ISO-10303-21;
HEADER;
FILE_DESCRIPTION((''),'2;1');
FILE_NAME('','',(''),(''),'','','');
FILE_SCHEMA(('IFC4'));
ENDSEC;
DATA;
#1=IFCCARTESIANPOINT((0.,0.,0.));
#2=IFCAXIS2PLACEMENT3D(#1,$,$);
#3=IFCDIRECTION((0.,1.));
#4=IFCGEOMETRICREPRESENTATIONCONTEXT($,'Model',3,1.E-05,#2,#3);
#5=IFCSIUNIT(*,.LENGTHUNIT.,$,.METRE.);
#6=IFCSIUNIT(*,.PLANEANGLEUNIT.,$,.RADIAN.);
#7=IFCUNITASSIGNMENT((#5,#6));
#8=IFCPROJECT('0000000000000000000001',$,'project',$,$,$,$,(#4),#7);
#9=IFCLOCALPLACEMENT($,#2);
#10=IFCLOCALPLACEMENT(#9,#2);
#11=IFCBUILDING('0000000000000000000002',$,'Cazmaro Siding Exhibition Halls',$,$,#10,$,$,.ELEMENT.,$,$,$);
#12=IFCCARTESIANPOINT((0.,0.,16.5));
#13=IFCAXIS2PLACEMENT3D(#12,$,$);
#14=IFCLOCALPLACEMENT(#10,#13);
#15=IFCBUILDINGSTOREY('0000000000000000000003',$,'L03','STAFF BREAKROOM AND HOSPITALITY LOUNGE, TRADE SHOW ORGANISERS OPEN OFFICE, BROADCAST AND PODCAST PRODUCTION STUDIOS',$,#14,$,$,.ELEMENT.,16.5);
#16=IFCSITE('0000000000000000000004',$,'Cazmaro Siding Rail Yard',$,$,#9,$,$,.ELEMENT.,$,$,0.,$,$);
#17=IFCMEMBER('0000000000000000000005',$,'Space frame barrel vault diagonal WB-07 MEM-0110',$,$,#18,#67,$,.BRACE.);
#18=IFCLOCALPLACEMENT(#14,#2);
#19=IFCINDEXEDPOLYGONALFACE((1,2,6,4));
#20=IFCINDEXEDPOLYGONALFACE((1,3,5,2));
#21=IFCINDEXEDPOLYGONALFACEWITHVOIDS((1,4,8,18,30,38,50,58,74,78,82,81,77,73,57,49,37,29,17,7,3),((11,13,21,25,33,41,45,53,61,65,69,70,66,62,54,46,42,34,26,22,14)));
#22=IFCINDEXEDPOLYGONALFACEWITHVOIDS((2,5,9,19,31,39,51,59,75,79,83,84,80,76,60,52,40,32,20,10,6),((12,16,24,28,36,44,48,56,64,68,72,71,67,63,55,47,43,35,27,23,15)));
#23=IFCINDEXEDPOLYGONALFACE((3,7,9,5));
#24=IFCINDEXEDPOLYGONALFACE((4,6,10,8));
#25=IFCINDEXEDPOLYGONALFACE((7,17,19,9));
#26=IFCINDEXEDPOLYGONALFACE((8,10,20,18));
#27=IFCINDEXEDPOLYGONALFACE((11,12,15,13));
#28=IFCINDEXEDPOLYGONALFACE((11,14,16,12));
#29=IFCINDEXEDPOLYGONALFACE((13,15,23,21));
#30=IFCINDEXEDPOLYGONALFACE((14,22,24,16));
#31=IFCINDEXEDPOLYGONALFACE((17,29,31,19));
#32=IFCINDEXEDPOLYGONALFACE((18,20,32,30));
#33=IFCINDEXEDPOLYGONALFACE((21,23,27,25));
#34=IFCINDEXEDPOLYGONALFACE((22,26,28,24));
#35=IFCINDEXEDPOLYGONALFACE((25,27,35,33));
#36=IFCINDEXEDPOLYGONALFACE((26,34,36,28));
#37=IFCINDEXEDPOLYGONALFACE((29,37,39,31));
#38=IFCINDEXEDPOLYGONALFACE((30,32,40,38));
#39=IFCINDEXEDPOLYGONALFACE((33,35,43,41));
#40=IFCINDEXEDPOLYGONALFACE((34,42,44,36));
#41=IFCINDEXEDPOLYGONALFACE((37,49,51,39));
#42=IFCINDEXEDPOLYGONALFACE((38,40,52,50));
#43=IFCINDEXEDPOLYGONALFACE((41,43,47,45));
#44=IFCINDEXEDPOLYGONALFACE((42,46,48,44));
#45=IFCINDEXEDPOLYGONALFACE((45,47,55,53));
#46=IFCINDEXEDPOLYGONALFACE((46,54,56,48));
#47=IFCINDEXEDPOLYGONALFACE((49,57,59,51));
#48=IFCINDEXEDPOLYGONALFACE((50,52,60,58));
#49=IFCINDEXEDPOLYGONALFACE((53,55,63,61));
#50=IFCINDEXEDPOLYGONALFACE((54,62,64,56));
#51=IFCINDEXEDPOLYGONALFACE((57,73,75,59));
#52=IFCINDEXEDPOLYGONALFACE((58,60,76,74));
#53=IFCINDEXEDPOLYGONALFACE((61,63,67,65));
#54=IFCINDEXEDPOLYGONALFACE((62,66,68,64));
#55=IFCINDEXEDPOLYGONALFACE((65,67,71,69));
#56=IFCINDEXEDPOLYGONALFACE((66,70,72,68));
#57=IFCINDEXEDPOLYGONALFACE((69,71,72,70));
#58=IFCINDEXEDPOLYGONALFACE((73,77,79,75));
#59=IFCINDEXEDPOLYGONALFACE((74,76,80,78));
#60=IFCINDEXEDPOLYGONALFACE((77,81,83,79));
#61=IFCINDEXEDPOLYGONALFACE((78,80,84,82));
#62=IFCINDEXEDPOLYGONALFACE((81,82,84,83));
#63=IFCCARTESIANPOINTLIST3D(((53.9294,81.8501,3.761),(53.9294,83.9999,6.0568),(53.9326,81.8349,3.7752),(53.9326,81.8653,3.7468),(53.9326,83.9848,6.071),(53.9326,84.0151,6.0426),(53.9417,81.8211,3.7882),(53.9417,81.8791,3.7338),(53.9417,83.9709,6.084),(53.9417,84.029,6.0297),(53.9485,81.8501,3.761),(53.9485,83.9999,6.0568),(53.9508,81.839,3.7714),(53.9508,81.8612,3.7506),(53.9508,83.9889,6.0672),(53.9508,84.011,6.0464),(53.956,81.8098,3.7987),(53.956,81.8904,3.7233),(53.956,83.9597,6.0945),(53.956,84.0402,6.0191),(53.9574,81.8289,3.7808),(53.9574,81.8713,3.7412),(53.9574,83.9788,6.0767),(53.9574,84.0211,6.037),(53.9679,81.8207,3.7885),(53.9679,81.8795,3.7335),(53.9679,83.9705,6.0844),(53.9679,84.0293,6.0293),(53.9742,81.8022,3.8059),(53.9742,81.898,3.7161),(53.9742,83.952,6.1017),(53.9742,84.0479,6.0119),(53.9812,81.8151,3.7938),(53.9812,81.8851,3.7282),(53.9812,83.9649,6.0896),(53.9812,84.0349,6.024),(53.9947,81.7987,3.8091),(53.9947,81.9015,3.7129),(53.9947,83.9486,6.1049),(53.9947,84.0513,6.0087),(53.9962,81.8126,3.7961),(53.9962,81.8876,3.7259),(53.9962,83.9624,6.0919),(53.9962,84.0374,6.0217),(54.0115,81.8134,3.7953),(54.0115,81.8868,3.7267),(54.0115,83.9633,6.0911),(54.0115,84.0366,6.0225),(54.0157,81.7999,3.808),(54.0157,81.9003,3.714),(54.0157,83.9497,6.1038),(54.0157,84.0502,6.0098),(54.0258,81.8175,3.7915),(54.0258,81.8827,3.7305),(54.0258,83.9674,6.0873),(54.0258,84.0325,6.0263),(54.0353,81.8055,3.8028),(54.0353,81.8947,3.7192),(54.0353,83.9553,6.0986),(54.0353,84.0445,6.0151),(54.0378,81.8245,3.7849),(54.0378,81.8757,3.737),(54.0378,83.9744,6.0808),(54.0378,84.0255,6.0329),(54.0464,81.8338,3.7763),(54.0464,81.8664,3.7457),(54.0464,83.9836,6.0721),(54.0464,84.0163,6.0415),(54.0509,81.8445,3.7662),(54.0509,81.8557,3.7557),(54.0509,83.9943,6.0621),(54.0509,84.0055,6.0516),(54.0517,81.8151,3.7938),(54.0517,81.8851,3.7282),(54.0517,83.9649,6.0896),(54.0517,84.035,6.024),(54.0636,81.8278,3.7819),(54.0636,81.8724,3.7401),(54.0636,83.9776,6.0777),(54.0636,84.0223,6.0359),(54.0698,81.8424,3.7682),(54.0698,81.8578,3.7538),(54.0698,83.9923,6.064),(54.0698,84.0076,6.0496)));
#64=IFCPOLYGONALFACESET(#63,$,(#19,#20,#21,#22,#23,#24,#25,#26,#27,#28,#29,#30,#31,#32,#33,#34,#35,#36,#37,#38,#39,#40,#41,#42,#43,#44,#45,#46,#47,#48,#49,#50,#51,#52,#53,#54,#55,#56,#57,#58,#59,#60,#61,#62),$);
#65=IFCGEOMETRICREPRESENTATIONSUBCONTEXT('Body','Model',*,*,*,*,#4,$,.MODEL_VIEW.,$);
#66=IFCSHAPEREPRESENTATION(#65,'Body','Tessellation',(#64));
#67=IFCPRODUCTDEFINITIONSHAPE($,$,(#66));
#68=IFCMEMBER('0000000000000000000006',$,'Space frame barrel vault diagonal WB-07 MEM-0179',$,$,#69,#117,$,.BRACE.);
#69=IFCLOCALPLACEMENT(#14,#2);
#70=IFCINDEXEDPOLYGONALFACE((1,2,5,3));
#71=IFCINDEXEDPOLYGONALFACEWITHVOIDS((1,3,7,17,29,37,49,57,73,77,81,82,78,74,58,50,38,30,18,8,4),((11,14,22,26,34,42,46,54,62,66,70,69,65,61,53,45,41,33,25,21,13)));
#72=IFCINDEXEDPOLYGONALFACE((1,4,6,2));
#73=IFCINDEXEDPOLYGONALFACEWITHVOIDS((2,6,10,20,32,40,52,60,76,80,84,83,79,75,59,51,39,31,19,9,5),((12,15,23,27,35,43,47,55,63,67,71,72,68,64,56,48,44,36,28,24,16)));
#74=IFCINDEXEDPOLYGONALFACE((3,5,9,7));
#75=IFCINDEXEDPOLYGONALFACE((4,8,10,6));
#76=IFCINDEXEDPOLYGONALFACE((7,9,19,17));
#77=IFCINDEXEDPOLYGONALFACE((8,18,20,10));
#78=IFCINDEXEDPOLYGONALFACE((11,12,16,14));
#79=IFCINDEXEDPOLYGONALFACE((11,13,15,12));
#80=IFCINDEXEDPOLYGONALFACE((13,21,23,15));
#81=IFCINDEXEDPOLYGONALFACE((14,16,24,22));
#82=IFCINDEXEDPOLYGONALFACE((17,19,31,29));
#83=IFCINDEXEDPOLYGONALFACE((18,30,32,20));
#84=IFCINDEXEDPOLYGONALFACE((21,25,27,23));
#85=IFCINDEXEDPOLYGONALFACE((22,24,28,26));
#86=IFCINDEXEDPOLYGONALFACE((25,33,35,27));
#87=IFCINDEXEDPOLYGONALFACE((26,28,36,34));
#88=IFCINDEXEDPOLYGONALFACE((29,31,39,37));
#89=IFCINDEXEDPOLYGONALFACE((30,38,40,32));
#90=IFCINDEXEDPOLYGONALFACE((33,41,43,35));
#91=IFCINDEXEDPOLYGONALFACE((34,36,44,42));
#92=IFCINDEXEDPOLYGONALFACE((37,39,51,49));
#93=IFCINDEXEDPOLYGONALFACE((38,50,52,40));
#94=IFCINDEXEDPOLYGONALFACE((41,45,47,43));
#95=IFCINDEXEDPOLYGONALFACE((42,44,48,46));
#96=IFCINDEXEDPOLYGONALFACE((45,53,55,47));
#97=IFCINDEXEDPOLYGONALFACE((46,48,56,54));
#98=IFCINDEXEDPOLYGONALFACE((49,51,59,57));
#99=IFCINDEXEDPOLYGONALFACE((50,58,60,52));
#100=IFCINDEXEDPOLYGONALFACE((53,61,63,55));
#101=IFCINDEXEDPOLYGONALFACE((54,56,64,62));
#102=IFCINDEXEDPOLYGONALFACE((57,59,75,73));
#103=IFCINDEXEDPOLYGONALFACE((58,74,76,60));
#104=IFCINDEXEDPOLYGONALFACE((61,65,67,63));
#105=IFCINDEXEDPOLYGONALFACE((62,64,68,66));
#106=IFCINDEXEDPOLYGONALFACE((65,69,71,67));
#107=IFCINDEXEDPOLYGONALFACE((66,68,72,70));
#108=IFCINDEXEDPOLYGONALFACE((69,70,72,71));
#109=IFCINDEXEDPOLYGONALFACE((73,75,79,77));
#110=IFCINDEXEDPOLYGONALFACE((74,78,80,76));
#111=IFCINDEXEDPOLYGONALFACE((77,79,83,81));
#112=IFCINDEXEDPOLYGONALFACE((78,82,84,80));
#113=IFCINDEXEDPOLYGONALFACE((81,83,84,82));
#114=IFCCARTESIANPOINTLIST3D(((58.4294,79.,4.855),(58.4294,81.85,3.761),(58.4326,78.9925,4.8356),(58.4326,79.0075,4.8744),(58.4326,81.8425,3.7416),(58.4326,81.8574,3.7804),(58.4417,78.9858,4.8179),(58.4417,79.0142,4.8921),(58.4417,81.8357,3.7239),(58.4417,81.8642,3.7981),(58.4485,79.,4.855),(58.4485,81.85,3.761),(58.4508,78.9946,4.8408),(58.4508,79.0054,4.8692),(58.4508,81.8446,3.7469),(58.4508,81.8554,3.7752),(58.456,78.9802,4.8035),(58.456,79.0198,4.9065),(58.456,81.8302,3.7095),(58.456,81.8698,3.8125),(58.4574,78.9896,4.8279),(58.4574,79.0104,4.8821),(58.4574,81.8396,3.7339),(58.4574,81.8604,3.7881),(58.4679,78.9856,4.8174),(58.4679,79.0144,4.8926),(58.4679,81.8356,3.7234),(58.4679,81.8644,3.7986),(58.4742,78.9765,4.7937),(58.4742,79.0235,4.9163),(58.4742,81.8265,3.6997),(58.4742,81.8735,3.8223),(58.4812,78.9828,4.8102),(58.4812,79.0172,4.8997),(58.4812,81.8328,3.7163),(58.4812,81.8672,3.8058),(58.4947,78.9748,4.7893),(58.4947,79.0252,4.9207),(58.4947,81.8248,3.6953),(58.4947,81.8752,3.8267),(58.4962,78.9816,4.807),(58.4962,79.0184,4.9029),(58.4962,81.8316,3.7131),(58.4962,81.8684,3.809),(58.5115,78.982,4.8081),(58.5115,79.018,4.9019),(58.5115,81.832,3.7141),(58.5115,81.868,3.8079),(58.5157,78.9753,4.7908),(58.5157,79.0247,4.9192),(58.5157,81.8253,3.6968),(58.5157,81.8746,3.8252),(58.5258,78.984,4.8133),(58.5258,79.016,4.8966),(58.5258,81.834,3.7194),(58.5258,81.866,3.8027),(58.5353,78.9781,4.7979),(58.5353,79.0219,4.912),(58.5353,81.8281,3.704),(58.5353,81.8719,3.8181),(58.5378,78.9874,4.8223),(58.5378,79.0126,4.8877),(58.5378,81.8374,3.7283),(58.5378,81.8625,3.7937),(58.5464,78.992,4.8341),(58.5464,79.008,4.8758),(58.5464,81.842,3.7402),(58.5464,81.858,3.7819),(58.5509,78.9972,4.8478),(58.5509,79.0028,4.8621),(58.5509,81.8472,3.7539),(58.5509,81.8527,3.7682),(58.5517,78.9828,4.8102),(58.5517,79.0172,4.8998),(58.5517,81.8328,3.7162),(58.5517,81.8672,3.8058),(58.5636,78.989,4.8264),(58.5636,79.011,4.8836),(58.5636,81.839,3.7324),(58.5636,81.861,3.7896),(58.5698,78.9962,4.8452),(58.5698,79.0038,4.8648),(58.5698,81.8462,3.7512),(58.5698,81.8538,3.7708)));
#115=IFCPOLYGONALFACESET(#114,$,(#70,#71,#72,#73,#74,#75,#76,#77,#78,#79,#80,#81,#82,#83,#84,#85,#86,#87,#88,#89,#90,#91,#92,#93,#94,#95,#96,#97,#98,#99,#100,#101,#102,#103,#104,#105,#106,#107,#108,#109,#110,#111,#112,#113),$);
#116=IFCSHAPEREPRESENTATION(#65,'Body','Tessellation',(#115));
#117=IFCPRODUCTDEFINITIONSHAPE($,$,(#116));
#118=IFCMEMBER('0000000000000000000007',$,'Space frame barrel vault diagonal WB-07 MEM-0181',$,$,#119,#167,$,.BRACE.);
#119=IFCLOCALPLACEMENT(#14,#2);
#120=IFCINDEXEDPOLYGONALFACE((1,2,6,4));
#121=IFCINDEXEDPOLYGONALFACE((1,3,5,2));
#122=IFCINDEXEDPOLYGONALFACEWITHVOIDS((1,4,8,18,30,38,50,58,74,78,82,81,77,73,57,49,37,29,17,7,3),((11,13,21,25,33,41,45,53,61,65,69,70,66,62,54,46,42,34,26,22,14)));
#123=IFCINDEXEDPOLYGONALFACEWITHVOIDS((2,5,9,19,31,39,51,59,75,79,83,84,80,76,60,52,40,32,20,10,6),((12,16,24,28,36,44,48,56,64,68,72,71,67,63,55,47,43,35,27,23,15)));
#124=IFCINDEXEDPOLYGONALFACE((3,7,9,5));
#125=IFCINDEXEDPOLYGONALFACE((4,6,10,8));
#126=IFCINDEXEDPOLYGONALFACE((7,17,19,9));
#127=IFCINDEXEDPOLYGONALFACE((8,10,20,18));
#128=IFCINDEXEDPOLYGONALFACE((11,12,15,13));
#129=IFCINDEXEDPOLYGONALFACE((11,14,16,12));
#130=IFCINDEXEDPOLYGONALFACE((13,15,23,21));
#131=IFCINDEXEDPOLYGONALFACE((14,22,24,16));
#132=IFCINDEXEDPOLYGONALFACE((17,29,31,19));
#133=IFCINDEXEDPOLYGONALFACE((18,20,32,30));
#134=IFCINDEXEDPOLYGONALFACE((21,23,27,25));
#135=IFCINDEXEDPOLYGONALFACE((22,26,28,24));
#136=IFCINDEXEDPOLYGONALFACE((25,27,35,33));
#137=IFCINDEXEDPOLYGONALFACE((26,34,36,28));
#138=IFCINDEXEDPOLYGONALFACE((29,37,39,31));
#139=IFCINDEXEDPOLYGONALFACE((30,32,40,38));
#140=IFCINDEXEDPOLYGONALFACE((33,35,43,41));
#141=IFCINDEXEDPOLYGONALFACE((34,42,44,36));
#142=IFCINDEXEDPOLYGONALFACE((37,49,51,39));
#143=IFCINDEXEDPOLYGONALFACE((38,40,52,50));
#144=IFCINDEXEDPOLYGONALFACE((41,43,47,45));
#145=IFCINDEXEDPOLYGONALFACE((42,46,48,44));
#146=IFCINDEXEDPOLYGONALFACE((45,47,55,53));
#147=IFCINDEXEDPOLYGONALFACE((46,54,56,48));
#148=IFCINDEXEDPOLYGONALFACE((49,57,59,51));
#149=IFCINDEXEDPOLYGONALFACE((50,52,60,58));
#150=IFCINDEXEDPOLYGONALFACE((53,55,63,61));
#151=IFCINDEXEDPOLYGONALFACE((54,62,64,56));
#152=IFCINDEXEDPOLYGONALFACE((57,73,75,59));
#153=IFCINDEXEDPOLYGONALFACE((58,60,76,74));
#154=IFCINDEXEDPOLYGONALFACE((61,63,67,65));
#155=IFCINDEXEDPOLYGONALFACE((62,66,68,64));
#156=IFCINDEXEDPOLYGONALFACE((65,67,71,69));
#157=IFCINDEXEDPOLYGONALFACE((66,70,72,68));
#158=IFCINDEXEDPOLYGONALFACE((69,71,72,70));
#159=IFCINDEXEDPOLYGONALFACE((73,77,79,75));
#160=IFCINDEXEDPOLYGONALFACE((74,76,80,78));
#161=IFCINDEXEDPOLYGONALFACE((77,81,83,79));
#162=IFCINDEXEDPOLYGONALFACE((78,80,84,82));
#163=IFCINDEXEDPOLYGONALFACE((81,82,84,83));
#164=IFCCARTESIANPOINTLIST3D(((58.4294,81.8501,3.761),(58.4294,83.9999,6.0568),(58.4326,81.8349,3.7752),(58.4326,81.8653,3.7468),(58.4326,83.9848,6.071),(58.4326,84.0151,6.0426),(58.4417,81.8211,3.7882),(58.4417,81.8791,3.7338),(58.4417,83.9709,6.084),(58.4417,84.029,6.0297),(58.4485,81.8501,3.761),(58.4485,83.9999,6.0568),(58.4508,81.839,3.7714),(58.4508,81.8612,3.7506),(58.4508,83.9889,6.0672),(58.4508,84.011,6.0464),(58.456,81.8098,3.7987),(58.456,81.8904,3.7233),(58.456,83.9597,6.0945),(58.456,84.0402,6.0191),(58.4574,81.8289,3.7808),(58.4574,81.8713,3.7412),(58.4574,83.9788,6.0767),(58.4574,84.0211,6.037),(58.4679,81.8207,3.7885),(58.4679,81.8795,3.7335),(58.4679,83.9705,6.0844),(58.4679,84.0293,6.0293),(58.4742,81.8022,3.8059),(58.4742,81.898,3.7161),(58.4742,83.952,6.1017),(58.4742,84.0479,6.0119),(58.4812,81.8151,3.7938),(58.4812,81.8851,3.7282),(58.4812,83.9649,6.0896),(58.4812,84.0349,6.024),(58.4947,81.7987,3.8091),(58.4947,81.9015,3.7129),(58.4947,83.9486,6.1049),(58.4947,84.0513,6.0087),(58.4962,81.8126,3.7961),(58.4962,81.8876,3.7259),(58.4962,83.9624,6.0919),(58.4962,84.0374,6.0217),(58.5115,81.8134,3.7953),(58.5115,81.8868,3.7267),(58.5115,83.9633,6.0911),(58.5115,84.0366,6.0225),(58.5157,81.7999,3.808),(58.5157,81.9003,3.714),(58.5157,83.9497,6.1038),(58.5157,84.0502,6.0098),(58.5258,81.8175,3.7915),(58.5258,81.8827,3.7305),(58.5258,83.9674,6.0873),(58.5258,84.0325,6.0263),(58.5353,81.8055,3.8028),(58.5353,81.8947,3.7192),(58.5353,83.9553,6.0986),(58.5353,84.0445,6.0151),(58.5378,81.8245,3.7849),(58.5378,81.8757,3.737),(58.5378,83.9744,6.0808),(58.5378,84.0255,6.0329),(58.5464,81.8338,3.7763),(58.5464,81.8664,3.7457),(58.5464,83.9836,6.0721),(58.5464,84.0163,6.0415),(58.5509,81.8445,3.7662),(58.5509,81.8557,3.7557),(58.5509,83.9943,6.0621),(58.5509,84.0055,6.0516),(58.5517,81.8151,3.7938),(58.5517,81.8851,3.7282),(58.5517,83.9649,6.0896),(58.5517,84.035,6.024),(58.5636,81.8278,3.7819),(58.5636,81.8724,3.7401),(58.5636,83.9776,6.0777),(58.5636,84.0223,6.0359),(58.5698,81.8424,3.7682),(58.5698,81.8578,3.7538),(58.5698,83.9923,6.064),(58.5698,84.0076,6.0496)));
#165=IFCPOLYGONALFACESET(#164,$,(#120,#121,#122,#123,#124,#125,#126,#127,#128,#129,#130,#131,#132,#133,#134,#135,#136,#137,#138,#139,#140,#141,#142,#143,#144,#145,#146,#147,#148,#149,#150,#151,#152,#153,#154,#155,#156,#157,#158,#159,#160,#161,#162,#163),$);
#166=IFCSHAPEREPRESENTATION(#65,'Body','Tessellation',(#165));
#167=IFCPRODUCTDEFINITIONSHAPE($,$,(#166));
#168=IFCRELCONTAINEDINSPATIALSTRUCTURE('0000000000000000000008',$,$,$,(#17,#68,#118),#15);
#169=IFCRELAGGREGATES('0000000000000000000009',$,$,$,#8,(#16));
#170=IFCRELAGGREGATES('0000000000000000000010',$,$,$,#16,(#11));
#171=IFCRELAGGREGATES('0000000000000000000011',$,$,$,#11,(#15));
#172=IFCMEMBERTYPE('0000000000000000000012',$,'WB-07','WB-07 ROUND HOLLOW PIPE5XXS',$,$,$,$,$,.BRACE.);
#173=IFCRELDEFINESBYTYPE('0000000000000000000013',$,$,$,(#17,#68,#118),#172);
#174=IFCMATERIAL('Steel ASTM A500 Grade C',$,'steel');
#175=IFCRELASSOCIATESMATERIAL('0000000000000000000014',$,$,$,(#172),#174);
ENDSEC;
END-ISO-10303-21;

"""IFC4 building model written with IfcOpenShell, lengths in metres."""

from ifc_helpers import new_model, si_unit, direction, frame, origin, origin_2d, place, context, subcontext, project, spatial, hollow_circle, extrude, material, material_profile, profile_set, type_object, element, save


model = new_model("IFC4")

# Units and contexts
model_context = context("Model", 3, precision=1e-05, world=origin(), true_north=direction((0.0, 1.0)))
body_context = subcontext(model_context, "Body", "Model", "MODEL_VIEW")
ifc_project = project(units=[si_unit("LENGTHUNIT", "METRE"), si_unit("PLANEANGLEUNIT", "RADIAN")], contexts=[model_context])

# Site, building, storey
site_placement = place(None, origin())
site = spatial("IfcSite", under=ifc_project, at=site_placement, Name="Cazmaro Siding Rail Yard", CompositionType="ELEMENT", RefElevation=0.0)
building_placement = place(site_placement, origin())
building = spatial("IfcBuilding", under=site, at=building_placement, Name="Cazmaro Siding Exhibition Halls", CompositionType="ELEMENT")
storey_placement = place(building_placement, frame((0.0, 0.0, 16.5)))
storey = spatial("IfcBuildingStorey", under=building, at=storey_placement, Name="L03", Description="STAFF BREAKROOM AND HOSPITALITY LOUNGE, TRADE SHOW ORGANISERS OPEN OFFICE, BROADCAST AND PODCAST PRODUCTION STUDIOS", CompositionType="ELEMENT", Elevation=16.5)

# Members
ifc_material_1 = material(Name="Steel ASTM A500 Grade C", Category="steel")
ifc_material_profile_1 = material_profile(ifc_material_1, hollow_circle(Radius=0.0706, WallThickness=0.019, at=origin_2d()), Name="PIPE5XXS")
ifc_profile_set_1 = profile_set([ifc_material_profile_1], Name="Steel ASTM A500 Grade C")
member_type_1 = type_object("IfcMemberType", Name="WB-07", Description="WB-07 ROUND HOLLOW PIPE5XXS", PredefinedType="BRACE", material=ifc_profile_set_1)
member_1_placement = place(storey_placement, frame((54.0, 81.8501, 3.761), z_axis=(0.0, 0.683518, 0.729934), x_axis=(-1.0, 0.0, 0.0)))
element("IfcMember", 1, at=member_1_placement, inside=storey, type_object=member_type_1, Name="Space frame barrel vault diagonal WB-07 MEM-0110", PredefinedType="BRACE", context=body_context, shape_type="SweptSolid", body=[
    extrude(hollow_circle(Radius=0.0706, WallThickness=0.019, at=origin_2d()), origin(), (0.0, 0.0, 1.0), 3.1453),
])
member_2_placement = place(storey_placement, frame((58.5, 79.0, 4.855), z_axis=(0.0, 0.933587, -0.358352), x_axis=(-1.0, 0.0, 0.0)))
element("IfcMember", 2, at=member_2_placement, inside=storey, type_object=member_type_1, Name="Space frame barrel vault diagonal WB-07 MEM-0179", PredefinedType="BRACE", context=body_context, shape_type="SweptSolid", body=[
    extrude(hollow_circle(Radius=0.0706, WallThickness=0.019, at=origin_2d()), origin(), (0.0, 0.0, 1.0), 3.0527),
])
member_3_placement = place(storey_placement, frame((58.5, 81.8501, 3.761), z_axis=(0.0, 0.683518, 0.729934), x_axis=(-1.0, 0.0, 0.0)))
element("IfcMember", 3, at=member_3_placement, inside=storey, type_object=member_type_1, Name="Space frame barrel vault diagonal WB-07 MEM-0181", PredefinedType="BRACE", context=body_context, shape_type="SweptSolid", body=[
    extrude(hollow_circle(Radius=0.0706, WallThickness=0.019, at=origin_2d()), origin(), (0.0, 0.0, 1.0), 3.1453),
])

save(model, "model.ifc")
